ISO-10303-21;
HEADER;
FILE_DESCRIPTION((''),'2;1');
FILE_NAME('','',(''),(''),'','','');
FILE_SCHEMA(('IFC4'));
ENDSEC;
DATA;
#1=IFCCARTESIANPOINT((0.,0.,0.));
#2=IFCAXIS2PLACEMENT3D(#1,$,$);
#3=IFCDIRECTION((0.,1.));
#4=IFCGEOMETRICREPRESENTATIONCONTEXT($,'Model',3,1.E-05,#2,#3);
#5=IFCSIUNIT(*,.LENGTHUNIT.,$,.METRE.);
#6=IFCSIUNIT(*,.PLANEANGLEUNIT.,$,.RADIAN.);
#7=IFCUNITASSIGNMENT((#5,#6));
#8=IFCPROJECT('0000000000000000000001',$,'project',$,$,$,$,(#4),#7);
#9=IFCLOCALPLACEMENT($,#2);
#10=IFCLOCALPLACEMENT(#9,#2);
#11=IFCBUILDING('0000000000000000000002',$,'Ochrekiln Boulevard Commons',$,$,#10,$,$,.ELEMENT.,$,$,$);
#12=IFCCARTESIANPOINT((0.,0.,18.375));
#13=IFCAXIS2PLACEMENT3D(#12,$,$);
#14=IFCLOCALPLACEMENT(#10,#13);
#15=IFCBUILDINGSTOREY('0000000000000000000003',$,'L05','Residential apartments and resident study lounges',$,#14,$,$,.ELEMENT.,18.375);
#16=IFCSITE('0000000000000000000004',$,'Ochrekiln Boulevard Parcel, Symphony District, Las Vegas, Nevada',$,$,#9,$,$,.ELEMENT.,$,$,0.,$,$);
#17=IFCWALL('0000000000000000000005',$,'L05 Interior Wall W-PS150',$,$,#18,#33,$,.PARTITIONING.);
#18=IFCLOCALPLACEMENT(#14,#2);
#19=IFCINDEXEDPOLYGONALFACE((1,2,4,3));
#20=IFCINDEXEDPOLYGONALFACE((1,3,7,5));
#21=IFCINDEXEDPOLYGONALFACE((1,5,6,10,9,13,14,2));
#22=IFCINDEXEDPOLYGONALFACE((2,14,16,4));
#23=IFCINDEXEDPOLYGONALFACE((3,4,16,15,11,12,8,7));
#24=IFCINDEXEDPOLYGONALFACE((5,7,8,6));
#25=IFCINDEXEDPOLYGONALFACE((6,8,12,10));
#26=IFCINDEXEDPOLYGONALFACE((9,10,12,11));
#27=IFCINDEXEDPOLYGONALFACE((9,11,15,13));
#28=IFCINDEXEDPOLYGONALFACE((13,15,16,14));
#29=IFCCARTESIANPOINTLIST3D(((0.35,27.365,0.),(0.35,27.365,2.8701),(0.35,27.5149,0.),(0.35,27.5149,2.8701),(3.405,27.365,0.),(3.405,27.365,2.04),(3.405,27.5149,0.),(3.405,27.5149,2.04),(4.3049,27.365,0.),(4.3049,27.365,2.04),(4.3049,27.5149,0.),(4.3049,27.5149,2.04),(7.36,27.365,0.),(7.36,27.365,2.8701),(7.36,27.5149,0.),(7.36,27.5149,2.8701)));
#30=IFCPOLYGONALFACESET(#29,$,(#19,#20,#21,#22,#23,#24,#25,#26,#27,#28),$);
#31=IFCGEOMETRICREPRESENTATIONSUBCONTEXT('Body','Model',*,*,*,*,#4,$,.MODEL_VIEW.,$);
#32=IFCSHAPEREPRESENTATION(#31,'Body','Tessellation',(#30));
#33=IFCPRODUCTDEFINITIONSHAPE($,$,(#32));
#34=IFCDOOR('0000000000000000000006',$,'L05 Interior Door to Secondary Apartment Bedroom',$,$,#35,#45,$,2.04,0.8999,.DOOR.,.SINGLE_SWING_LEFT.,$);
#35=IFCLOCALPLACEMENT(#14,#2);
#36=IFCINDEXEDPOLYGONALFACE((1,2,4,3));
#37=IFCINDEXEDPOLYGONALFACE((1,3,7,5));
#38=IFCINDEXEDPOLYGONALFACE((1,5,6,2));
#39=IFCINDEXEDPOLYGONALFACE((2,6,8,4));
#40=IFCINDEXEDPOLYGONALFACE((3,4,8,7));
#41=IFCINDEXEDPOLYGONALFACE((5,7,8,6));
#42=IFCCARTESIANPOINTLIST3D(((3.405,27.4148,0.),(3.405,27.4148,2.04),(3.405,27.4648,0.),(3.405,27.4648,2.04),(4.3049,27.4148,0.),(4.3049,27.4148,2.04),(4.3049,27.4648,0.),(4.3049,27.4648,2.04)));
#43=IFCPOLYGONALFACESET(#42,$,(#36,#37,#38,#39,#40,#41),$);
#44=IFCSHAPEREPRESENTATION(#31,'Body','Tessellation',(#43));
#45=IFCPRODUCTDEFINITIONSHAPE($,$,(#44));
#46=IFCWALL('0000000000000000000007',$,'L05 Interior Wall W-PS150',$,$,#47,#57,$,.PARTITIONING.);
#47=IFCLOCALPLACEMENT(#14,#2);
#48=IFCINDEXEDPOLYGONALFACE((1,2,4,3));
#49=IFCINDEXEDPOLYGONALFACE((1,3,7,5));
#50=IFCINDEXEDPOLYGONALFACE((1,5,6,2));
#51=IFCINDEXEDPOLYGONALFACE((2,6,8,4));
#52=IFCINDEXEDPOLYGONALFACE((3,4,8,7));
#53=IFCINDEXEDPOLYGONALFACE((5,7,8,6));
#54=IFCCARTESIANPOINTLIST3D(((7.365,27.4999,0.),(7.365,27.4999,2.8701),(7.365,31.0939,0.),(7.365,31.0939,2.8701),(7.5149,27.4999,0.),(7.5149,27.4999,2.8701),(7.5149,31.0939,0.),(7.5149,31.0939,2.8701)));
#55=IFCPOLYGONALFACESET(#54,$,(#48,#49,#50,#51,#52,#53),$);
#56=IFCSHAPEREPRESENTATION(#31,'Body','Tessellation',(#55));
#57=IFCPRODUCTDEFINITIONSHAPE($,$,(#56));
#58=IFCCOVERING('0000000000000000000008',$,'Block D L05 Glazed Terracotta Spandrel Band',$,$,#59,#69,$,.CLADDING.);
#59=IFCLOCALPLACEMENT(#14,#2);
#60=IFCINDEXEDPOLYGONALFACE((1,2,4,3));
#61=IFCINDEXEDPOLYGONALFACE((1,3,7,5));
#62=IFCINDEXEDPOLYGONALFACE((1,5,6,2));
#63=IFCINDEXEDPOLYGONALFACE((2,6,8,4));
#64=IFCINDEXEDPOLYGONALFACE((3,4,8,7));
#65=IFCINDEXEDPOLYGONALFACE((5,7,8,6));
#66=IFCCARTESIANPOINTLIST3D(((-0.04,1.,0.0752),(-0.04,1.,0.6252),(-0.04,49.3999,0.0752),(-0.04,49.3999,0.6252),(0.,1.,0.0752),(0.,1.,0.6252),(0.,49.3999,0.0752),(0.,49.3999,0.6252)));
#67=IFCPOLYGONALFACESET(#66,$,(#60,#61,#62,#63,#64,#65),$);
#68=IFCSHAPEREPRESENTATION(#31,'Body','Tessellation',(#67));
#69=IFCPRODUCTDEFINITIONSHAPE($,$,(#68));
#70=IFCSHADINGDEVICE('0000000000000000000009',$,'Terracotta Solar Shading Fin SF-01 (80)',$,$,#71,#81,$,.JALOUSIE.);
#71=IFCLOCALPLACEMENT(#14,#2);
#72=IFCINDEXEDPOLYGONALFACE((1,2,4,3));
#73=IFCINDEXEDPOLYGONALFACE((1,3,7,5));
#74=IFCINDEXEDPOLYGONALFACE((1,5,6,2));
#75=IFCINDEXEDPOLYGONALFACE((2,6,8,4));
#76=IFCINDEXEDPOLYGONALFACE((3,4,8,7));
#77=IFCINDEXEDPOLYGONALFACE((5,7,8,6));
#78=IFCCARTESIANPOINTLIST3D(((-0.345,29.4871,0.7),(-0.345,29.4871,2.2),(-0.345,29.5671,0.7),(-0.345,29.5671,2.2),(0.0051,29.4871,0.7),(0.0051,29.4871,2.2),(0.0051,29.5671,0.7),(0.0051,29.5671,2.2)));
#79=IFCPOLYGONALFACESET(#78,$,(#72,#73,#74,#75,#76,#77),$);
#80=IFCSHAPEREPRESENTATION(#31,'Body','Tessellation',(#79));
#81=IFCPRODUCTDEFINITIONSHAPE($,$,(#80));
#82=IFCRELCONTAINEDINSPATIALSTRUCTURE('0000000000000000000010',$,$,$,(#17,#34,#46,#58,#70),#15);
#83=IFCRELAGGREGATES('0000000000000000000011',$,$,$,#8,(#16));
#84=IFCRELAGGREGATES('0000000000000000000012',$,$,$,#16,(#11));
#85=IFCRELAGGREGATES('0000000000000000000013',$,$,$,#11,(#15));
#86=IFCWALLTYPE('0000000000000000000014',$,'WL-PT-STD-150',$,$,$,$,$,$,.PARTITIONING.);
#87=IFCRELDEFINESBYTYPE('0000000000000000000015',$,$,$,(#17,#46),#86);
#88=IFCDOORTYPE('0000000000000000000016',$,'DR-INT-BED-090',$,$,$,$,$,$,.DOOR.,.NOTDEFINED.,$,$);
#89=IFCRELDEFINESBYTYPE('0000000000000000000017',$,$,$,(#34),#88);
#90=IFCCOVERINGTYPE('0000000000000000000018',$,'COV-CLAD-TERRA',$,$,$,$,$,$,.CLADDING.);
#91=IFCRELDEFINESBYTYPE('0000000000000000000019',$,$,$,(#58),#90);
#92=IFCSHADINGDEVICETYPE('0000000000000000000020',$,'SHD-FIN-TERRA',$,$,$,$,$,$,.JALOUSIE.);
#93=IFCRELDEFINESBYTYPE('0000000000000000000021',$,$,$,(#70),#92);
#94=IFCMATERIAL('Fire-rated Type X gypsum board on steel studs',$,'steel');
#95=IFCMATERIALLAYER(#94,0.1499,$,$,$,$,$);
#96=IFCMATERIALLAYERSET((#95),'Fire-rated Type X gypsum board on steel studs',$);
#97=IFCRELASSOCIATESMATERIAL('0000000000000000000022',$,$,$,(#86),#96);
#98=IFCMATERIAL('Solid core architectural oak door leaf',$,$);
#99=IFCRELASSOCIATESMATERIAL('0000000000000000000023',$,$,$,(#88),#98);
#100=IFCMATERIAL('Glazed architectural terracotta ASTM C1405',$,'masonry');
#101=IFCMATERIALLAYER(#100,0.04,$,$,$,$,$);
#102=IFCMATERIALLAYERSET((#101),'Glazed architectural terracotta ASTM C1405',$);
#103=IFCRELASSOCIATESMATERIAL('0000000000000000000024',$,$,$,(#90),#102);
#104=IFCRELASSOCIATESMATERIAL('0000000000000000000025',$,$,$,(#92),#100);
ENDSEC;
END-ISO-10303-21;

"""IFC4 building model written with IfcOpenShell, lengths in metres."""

from ifc_helpers import new_model, si_unit, direction, frame, frame_2d, origin, origin_2d, place, context, subcontext, project, spatial, rectangle, extrude, material, layer, layer_set, type_object, element, fill, save


model = new_model("IFC4")

# Units and contexts
model_context = context("Model", 3, precision=1e-05, world=origin(), true_north=direction((0.0, 1.0)))
body_context = subcontext(model_context, "Body", "Model", "MODEL_VIEW")
ifc_project = project(units=[si_unit("LENGTHUNIT", "METRE"), si_unit("PLANEANGLEUNIT", "RADIAN")], contexts=[model_context])

# Site, building, storey
site_placement = place(None, origin())
site = spatial("IfcSite", under=ifc_project, at=site_placement, Name="Ochrekiln Boulevard Parcel, Symphony District, Las Vegas, Nevada", CompositionType="ELEMENT", RefElevation=0.0)
building_placement = place(site_placement, origin())
building = spatial("IfcBuilding", under=site, at=building_placement, Name="Ochrekiln Boulevard Commons", CompositionType="ELEMENT")
storey_placement = place(building_placement, frame((0.0, 0.0, 18.375)))
storey = spatial("IfcBuildingStorey", under=building, at=storey_placement, Name="L05", Description="Residential apartments and resident study lounges", CompositionType="ELEMENT", Elevation=18.375)

# Shared definitions
ifc_material_1 = material(Name="Fire-rated Type X gypsum board on steel studs", Category="steel")

# Wall, opening, door
ifc_material_2 = material(Name="Solid core architectural oak door leaf")
ifc_layer_1 = layer(ifc_material_1, 0.1499)
ifc_layer_set_1 = layer_set([ifc_layer_1], Name="Fire-rated Type X gypsum board on steel studs")
wall_type_1 = type_object("IfcWallType", Name="WL-PT-STD-150", PredefinedType="PARTITIONING", material=ifc_layer_set_1)
wall_1_placement = place(storey_placement, frame((0.3501, 27.4399, 0.0), z_axis=(0.0, 0.0, 1.0), x_axis=(1.0, 0.0, 0.0)))
wall_1 = element("IfcWall", 1, at=wall_1_placement, inside=storey, type_object=wall_type_1, Name="L05 Interior Wall W-PS150", PredefinedType="PARTITIONING", context=body_context, shape_type="SweptSolid", body=[
    extrude(rectangle(XDim=7.01, YDim=0.1499, at=frame_2d((3.5049, 0.0))), origin(), (0.0, 0.0, 1.0), 2.8701),
])
opening_1_placement = place(wall_1_placement, frame((3.0549, 0.0, 0.0)))
opening_1 = element("IfcOpeningElement", 2, at=opening_1_placement, cuts=wall_1, PredefinedType="OPENING", context=body_context, shape_type="SweptSolid", body=[
    extrude(rectangle(XDim=0.8999, YDim=2.04, at=frame_2d((0.45, 1.02))), frame((0.0, 0.085, 0.0), z_axis=(0.0, -1.0, 0.0), x_axis=(1.0, 0.0, 0.0)), (0.0, 0.0, 1.0), 0.1699),
])
door_type_1 = type_object("IfcDoorType", Name="DR-INT-BED-090", OperationType="NOTDEFINED", PredefinedType="DOOR", material=ifc_material_2)
door_1_placement = place(opening_1_placement, origin())
door_1 = element("IfcDoor", 3, at=door_1_placement, inside=storey, type_object=door_type_1, Name="L05 Interior Door to Secondary Apartment Bedroom", OperationType="SINGLE_SWING_LEFT", OverallHeight=2.04, OverallWidth=0.8999, PredefinedType="DOOR", context=body_context, shape_type="SweptSolid", body=[
    extrude(rectangle(XDim=0.8999, YDim=2.04, at=frame_2d((0.45, 1.02))), frame((0.0, 0.0249, 0.0), z_axis=(0.0, -1.0, 0.0), x_axis=(1.0, 0.0, 0.0)), (0.0, 0.0, 1.0), 0.05),
])
fill(opening_1, door_1)

# Wall
wall_2_placement = place(storey_placement, frame((7.4399, 27.5, 0.0), z_axis=(0.0, 0.0, 1.0), x_axis=(0.0, 1.0, 0.0)))
element("IfcWall", 4, at=wall_2_placement, inside=storey, type_object=wall_type_1, Name="L05 Interior Wall W-PS150", PredefinedType="PARTITIONING", context=body_context, shape_type="SweptSolid", body=[
    extrude(rectangle(XDim=3.594, YDim=0.1499, at=frame_2d((1.7969, 0.0))), origin(), (0.0, 0.0, 1.0), 2.8701),
])

# Covering
ifc_material_3 = material(Name="Glazed architectural terracotta ASTM C1405", Category="masonry")
ifc_layer_2 = layer(ifc_material_3, 0.04)
ifc_layer_set_2 = layer_set([ifc_layer_2], Name="Glazed architectural terracotta ASTM C1405")
covering_type = type_object("IfcCoveringType", Name="COV-CLAD-TERRA", PredefinedType="CLADDING", material=ifc_layer_set_2)
covering_placement = place(storey_placement, frame((-0.02, 25.2, 0.0752), z_axis=(0.0, 0.0, 1.0), x_axis=(1.0, 0.0, 0.0)))
element("IfcCovering", 5, at=covering_placement, inside=storey, type_object=covering_type, Name="Block D L05 Glazed Terracotta Spandrel Band", PredefinedType="CLADDING", context=body_context, shape_type="SweptSolid", body=[
    extrude(rectangle(XDim=0.04, YDim=48.3999, at=origin_2d()), origin(), (0.0, 0.0, 1.0), 0.55),
])

# Shading device
shading_device_type = type_object("IfcShadingDeviceType", Name="SHD-FIN-TERRA", PredefinedType="JALOUSIE", material=ifc_material_3)
shading_device_placement = place(storey_placement, frame((-0.1699, 29.5271, 0.7), z_axis=(0.0, 0.0, 1.0), x_axis=(1.0, 0.0, 0.0)))
element("IfcShadingDevice", 6, at=shading_device_placement, inside=storey, type_object=shading_device_type, Name="Terracotta Solar Shading Fin SF-01 (80)", PredefinedType="JALOUSIE", context=body_context, shape_type="SweptSolid", body=[
    extrude(rectangle(XDim=0.3501, YDim=0.0801, at=origin_2d()), origin(), (0.0, 0.0, 1.0), 1.5),
])

save(model, "model.ifc")
